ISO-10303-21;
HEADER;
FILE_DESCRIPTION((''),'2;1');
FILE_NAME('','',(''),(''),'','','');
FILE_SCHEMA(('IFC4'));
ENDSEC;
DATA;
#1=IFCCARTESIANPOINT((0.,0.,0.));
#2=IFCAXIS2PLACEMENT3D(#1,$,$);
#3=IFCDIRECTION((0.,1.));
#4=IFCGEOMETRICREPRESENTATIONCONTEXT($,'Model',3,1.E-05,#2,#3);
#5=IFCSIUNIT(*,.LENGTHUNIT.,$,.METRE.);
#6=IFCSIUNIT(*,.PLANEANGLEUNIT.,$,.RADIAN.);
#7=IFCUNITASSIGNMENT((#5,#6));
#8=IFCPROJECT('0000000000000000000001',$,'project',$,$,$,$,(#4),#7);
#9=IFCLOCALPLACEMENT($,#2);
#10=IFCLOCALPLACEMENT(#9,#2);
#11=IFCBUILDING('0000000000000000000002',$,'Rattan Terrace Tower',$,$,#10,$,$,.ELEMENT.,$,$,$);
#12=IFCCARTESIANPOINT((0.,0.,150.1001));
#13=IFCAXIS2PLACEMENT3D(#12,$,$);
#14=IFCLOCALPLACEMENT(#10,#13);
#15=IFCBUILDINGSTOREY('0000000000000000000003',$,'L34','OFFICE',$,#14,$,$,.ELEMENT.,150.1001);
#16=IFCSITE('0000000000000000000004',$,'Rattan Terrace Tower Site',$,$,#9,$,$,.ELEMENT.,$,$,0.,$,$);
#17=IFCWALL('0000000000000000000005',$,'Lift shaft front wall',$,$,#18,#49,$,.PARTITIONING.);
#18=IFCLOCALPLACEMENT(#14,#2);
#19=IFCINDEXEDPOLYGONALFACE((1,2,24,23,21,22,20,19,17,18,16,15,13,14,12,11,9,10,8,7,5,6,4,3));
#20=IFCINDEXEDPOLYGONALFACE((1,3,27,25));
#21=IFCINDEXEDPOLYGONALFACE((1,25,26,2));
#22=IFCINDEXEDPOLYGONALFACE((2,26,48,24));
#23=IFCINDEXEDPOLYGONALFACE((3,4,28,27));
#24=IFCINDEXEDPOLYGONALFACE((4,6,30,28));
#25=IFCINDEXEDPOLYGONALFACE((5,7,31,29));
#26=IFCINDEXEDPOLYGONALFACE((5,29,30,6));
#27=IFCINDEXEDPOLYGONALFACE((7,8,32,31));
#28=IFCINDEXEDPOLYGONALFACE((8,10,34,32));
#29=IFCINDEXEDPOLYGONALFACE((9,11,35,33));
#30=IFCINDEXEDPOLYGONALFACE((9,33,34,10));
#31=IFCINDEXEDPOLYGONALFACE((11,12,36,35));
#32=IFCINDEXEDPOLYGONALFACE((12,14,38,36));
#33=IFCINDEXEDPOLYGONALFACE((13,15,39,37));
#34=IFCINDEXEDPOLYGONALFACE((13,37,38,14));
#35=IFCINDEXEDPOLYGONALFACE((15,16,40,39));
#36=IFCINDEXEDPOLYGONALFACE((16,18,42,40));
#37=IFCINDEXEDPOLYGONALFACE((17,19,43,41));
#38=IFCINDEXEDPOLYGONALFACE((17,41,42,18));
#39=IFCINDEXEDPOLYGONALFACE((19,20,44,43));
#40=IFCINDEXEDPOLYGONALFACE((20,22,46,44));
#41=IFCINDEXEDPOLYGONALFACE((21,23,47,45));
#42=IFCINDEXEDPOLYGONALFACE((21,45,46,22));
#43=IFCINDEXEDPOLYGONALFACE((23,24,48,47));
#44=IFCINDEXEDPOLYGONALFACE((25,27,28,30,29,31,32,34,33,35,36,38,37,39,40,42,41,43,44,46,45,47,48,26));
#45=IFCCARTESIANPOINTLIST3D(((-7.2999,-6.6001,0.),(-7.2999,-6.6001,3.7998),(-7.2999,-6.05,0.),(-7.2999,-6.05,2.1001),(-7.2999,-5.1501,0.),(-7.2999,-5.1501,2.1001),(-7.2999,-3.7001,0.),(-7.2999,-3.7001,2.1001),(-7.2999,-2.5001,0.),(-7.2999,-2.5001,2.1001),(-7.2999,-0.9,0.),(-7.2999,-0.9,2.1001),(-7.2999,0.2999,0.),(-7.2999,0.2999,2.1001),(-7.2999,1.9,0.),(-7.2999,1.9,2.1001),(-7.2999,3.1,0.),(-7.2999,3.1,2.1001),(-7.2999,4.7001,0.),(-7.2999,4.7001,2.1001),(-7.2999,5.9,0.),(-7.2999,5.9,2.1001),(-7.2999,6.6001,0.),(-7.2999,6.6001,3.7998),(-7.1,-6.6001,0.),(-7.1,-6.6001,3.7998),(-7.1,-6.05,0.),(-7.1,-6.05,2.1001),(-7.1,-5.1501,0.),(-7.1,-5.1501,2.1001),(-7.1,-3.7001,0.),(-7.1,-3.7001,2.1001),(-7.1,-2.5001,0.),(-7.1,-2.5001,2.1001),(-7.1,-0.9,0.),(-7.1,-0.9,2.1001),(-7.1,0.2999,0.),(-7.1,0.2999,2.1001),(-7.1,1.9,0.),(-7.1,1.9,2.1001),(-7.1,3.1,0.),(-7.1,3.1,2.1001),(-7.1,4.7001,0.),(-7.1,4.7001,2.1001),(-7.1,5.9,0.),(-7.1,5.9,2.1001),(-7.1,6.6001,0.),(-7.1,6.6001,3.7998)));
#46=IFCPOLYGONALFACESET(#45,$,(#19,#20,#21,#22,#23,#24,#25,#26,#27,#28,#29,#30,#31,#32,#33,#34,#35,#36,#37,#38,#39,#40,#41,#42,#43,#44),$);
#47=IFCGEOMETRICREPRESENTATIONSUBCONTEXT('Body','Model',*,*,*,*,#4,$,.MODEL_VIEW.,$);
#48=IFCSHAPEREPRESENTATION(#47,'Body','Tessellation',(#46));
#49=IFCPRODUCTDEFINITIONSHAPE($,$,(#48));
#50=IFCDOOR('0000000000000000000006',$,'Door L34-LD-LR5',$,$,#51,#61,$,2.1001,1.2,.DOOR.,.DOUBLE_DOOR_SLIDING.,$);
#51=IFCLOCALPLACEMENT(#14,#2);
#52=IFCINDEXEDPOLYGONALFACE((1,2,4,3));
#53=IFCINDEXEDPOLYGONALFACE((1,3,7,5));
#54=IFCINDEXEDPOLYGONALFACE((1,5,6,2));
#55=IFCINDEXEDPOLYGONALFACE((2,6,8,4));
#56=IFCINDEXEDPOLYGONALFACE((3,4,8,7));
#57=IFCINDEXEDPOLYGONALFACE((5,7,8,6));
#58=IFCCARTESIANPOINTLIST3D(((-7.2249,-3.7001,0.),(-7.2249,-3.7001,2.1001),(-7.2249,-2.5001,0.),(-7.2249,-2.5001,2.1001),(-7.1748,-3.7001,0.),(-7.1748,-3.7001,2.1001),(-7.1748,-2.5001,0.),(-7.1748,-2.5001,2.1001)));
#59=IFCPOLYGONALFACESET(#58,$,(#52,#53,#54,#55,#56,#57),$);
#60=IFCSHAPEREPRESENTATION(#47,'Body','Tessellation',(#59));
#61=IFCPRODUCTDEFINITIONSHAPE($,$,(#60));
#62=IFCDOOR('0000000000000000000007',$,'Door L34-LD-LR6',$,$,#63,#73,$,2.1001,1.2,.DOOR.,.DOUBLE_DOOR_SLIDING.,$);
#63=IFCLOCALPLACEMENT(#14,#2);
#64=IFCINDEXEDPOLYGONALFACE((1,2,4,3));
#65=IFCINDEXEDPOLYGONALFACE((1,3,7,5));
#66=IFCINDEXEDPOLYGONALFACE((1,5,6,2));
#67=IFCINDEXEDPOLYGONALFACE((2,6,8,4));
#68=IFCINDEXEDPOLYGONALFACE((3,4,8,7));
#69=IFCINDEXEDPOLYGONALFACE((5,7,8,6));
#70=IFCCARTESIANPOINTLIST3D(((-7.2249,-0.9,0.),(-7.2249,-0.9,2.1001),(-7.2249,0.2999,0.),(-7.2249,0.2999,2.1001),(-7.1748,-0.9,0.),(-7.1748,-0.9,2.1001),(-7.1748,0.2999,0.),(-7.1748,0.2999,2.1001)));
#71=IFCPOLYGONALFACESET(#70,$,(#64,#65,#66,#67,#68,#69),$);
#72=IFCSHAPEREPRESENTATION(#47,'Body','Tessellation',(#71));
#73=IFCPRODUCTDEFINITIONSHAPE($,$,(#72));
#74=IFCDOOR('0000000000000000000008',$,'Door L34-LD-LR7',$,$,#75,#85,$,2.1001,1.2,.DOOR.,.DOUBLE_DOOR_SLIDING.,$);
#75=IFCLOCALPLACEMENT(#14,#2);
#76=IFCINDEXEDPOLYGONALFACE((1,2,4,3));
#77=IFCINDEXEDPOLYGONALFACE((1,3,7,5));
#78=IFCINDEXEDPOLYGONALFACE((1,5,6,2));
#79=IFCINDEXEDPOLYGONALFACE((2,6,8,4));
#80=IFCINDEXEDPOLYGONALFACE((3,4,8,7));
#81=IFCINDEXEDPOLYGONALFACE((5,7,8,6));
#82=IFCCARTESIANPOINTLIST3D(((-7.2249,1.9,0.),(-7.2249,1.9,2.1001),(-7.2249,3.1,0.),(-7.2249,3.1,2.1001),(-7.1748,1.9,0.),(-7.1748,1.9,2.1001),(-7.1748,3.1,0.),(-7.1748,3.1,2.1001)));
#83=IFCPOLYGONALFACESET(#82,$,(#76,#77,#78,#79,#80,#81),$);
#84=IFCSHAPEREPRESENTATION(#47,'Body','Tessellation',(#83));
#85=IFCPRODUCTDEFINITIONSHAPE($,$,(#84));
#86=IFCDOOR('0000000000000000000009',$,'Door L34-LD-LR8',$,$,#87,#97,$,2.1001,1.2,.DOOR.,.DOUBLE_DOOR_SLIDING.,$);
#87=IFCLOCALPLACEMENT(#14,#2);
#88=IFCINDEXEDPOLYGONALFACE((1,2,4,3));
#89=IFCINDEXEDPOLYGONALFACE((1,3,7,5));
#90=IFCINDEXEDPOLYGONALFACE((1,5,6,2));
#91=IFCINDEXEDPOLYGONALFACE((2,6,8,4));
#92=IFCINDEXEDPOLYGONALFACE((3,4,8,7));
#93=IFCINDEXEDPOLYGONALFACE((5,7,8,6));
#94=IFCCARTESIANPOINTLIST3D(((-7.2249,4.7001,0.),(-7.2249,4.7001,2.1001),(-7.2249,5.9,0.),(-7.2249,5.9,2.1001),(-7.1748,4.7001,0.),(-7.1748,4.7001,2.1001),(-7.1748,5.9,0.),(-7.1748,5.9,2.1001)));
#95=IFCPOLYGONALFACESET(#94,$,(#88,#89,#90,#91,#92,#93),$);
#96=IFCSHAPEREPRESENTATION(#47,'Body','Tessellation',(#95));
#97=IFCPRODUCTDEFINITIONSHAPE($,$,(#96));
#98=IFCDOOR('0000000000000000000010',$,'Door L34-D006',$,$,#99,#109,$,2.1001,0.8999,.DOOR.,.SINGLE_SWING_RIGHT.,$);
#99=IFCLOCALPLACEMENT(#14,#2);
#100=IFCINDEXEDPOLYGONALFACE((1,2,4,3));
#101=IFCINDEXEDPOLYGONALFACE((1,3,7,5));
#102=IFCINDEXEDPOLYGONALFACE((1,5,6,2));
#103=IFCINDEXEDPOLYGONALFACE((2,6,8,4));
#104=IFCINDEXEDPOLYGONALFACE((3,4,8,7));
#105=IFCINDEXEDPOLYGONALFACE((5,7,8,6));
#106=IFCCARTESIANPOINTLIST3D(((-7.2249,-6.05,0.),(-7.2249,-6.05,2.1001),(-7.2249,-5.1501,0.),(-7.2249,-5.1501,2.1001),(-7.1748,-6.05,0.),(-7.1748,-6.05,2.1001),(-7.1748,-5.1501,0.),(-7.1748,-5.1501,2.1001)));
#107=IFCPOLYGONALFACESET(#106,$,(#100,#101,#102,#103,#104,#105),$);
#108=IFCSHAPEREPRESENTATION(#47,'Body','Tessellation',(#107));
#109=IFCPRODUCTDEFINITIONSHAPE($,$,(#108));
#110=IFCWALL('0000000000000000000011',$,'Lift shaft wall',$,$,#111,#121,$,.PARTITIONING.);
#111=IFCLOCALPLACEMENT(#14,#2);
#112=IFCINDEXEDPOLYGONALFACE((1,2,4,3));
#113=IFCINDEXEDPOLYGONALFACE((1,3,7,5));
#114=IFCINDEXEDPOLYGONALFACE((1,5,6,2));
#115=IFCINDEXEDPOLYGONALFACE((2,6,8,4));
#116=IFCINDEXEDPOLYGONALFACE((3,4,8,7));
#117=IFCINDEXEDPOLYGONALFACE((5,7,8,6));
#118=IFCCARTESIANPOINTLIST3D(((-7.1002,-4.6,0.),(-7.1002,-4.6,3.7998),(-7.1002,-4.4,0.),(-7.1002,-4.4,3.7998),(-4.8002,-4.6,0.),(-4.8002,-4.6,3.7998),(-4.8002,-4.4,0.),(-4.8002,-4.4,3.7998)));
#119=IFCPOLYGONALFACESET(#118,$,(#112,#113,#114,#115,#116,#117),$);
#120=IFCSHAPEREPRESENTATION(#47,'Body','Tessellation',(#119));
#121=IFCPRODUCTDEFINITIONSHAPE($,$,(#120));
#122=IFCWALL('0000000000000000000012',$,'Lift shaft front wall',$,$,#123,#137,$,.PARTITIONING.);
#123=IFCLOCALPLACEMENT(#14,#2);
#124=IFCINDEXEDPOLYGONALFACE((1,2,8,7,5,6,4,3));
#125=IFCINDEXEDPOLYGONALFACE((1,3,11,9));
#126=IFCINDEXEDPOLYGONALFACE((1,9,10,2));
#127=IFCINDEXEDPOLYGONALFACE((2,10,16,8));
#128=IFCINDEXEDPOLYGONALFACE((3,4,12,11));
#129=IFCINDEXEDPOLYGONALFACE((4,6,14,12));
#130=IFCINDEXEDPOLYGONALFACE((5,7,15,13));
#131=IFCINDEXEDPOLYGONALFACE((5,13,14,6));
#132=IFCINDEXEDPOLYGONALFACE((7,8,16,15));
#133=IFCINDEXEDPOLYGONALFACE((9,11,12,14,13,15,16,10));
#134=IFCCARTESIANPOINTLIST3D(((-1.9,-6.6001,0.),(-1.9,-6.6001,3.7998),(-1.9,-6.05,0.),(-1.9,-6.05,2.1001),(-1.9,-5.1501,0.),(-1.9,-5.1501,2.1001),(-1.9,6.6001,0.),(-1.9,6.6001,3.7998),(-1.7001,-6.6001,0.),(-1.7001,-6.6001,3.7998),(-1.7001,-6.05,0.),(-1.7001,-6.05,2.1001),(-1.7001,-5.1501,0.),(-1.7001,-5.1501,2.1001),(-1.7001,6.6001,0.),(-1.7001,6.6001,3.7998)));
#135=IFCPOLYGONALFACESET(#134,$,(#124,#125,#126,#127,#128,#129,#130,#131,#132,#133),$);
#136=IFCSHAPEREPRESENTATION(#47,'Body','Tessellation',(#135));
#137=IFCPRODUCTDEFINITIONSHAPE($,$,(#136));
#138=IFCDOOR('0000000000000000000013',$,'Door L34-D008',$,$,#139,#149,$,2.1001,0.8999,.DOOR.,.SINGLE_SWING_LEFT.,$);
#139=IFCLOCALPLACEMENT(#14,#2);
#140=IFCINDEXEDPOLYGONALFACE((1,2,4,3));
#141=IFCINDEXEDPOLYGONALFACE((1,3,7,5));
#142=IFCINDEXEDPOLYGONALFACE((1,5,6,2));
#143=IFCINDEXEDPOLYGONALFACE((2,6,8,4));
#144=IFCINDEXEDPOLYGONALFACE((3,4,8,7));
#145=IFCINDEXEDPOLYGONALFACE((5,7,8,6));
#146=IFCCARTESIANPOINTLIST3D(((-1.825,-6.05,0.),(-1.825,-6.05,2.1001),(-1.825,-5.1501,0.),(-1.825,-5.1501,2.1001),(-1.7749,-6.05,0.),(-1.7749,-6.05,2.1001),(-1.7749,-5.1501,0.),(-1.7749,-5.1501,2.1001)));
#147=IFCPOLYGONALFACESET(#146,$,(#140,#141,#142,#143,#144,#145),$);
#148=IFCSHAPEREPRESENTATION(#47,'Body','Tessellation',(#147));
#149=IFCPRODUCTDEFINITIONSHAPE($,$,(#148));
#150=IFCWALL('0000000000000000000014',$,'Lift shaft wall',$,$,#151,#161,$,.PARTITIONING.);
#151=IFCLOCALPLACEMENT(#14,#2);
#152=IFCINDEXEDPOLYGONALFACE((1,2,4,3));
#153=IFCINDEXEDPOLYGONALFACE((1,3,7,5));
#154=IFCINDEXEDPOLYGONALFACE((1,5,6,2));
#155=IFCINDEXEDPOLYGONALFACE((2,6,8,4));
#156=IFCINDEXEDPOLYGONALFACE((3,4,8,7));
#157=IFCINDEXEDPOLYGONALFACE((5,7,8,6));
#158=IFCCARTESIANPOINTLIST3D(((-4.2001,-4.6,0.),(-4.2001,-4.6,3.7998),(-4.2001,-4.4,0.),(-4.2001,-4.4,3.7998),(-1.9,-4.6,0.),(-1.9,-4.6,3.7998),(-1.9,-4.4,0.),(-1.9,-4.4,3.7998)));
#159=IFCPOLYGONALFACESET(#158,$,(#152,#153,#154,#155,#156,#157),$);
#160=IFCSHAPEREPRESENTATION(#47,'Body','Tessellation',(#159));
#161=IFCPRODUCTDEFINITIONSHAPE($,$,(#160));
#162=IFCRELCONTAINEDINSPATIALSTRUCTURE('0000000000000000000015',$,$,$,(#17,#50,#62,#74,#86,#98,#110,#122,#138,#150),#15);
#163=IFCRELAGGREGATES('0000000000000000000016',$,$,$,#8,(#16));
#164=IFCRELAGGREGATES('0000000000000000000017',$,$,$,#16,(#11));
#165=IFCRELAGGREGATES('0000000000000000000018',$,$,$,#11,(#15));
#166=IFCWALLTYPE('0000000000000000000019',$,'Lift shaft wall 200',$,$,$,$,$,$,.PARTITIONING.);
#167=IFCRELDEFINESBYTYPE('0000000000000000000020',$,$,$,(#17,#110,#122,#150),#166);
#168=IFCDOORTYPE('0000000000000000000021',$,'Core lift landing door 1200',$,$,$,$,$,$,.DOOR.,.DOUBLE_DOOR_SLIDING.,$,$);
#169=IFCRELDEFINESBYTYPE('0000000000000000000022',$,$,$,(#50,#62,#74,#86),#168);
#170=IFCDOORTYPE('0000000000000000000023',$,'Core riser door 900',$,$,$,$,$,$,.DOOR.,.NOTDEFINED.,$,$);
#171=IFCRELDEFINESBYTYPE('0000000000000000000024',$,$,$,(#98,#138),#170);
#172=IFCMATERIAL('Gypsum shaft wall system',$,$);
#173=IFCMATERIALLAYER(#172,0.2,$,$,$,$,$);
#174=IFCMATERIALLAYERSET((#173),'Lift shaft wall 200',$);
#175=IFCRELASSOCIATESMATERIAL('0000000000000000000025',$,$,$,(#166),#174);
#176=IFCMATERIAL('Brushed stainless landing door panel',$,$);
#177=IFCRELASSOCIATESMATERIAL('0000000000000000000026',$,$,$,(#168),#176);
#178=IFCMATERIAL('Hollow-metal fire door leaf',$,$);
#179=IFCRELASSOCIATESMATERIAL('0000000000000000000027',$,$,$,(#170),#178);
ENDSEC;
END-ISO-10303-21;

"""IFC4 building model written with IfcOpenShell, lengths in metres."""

from ifc_helpers import new_model, si_unit, direction, frame, frame_2d, origin, place, context, subcontext, project, spatial, rectangle, extrude, material, layer, layer_set, type_object, element, fill, save


model = new_model("IFC4")

# Units and contexts
model_context = context("Model", 3, precision=1e-05, world=origin(), true_north=direction((0.0, 1.0)))
body_context = subcontext(model_context, "Body", "Model", "MODEL_VIEW")
ifc_project = project(units=[si_unit("LENGTHUNIT", "METRE"), si_unit("PLANEANGLEUNIT", "RADIAN")], contexts=[model_context])

# Site, building, storey
site_placement = place(None, origin())
site = spatial("IfcSite", under=ifc_project, at=site_placement, Name="Rattan Terrace Tower Site", CompositionType="ELEMENT", RefElevation=0.0)
building_placement = place(site_placement, origin())
building = spatial("IfcBuilding", under=site, at=building_placement, Name="Rattan Terrace Tower", CompositionType="ELEMENT")
storey_placement = place(building_placement, frame((0.0, 0.0, 150.1001)))
storey = spatial("IfcBuildingStorey", under=building, at=storey_placement, Name="L34", Description="OFFICE", CompositionType="ELEMENT", Elevation=150.1001)

# Wall, openings, doors
ifc_material_1 = material(Name="Gypsum shaft wall system")
ifc_layer_1 = layer(ifc_material_1, 0.2)
ifc_layer_set_1 = layer_set([ifc_layer_1], Name="Lift shaft wall 200")
wall_type_1 = type_object("IfcWallType", Name="Lift shaft wall 200", PredefinedType="PARTITIONING", material=ifc_layer_set_1)
wall_1_placement = place(storey_placement, frame((-7.2, -6.6001, 0.0), z_axis=(0.0, 0.0, 1.0), x_axis=(0.0, 1.0, 0.0)))
wall_1 = element("IfcWall", 1, at=wall_1_placement, inside=storey, type_object=wall_type_1, Name="Lift shaft front wall", PredefinedType="PARTITIONING", context=body_context, shape_type="SweptSolid", body=[
    extrude(rectangle(XDim=13.2002, YDim=0.2, at=frame_2d((6.6001, 0.0))), origin(), (0.0, 0.0, 1.0), 3.7998),
])
opening_1_placement = place(wall_1_placement, frame((0.55, 0.0, 0.0)))
opening_1 = element("IfcOpeningElement", 2, at=opening_1_placement, cuts=wall_1, PredefinedType="OPENING", context=body_context, shape_type="SweptSolid", body=[
    extrude(rectangle(XDim=0.8999, YDim=2.1001, at=frame_2d((0.45, 1.05))), frame((0.0, 0.1106, 0.0), z_axis=(0.0, -1.0, 0.0), x_axis=(1.0, 0.0, 0.0)), (0.0, 0.0, 1.0), 0.2209),
])
opening_2_placement = place(wall_1_placement, frame((2.8999, 0.0, 0.0)))
opening_2 = element("IfcOpeningElement", 3, at=opening_2_placement, cuts=wall_1, PredefinedType="OPENING", context=body_context, shape_type="SweptSolid", body=[
    extrude(rectangle(XDim=1.2, YDim=2.1001, at=frame_2d((0.6001, 1.05))), frame((0.0, 0.1106, 0.0), z_axis=(0.0, -1.0, 0.0), x_axis=(1.0, 0.0, 0.0)), (0.0, 0.0, 1.0), 0.2209),
])
opening_3_placement = place(wall_1_placement, frame((5.7, 0.0, 0.0)))
opening_3 = element("IfcOpeningElement", 4, at=opening_3_placement, cuts=wall_1, PredefinedType="OPENING", context=body_context, shape_type="SweptSolid", body=[
    extrude(rectangle(XDim=1.2, YDim=2.1001, at=frame_2d((0.6001, 1.05))), frame((0.0, 0.1106, 0.0), z_axis=(0.0, -1.0, 0.0), x_axis=(1.0, 0.0, 0.0)), (0.0, 0.0, 1.0), 0.2209),
])
opening_4_placement = place(wall_1_placement, frame((8.5, 0.0, 0.0)))
opening_4 = element("IfcOpeningElement", 5, at=opening_4_placement, cuts=wall_1, PredefinedType="OPENING", context=body_context, shape_type="SweptSolid", body=[
    extrude(rectangle(XDim=1.2, YDim=2.1001, at=frame_2d((0.6001, 1.05))), frame((0.0, 0.1106, 0.0), z_axis=(0.0, -1.0, 0.0), x_axis=(1.0, 0.0, 0.0)), (0.0, 0.0, 1.0), 0.2209),
])
opening_5_placement = place(wall_1_placement, frame((11.3, 0.0, 0.0)))
opening_5 = element("IfcOpeningElement", 6, at=opening_5_placement, cuts=wall_1, PredefinedType="OPENING", context=body_context, shape_type="SweptSolid", body=[
    extrude(rectangle(XDim=1.2, YDim=2.1001, at=frame_2d((0.6001, 1.05))), frame((0.0, 0.1106, 0.0), z_axis=(0.0, -1.0, 0.0), x_axis=(1.0, 0.0, 0.0)), (0.0, 0.0, 1.0), 0.2209),
])
ifc_material_2 = material(Name="Brushed stainless landing door panel")
door_type_1 = type_object("IfcDoorType", Name="Core lift landing door 1200", OperationType="DOUBLE_DOOR_SLIDING", PredefinedType="DOOR", material=ifc_material_2)
door_1_placement = place(opening_2_placement, origin())
door_1 = element("IfcDoor", 7, at=door_1_placement, inside=storey, type_object=door_type_1, Name="Door L34-LD-LR5", OperationType="DOUBLE_DOOR_SLIDING", OverallHeight=2.1001, OverallWidth=1.2, PredefinedType="DOOR", context=body_context, shape_type="SweptSolid", body=[
    extrude(rectangle(XDim=1.2, YDim=2.1001, at=frame_2d((0.6001, 1.05))), frame((0.0, 0.0249, 0.0), z_axis=(0.0, -1.0, 0.0), x_axis=(1.0, 0.0, 0.0)), (0.0, 0.0, 1.0), 0.05),
])
fill(opening_2, door_1)
door_2_placement = place(opening_3_placement, origin())
door_2 = element("IfcDoor", 8, at=door_2_placement, inside=storey, type_object=door_type_1, Name="Door L34-LD-LR6", OperationType="DOUBLE_DOOR_SLIDING", OverallHeight=2.1001, OverallWidth=1.2, PredefinedType="DOOR", context=body_context, shape_type="SweptSolid", body=[
    extrude(rectangle(XDim=1.2, YDim=2.1001, at=frame_2d((0.6001, 1.05))), frame((0.0, 0.0249, 0.0), z_axis=(0.0, -1.0, 0.0), x_axis=(1.0, 0.0, 0.0)), (0.0, 0.0, 1.0), 0.05),
])
fill(opening_3, door_2)
door_3_placement = place(opening_4_placement, origin())
door_3 = element("IfcDoor", 9, at=door_3_placement, inside=storey, type_object=door_type_1, Name="Door L34-LD-LR7", OperationType="DOUBLE_DOOR_SLIDING", OverallHeight=2.1001, OverallWidth=1.2, PredefinedType="DOOR", context=body_context, shape_type="SweptSolid", body=[
    extrude(rectangle(XDim=1.2, YDim=2.1001, at=frame_2d((0.6001, 1.05))), frame((0.0, 0.0249, 0.0), z_axis=(0.0, -1.0, 0.0), x_axis=(1.0, 0.0, 0.0)), (0.0, 0.0, 1.0), 0.05),
])
fill(opening_4, door_3)
door_4_placement = place(opening_5_placement, origin())
door_4 = element("IfcDoor", 10, at=door_4_placement, inside=storey, type_object=door_type_1, Name="Door L34-LD-LR8", OperationType="DOUBLE_DOOR_SLIDING", OverallHeight=2.1001, OverallWidth=1.2, PredefinedType="DOOR", context=body_context, shape_type="SweptSolid", body=[
    extrude(rectangle(XDim=1.2, YDim=2.1001, at=frame_2d((0.6001, 1.05))), frame((0.0, 0.0249, 0.0), z_axis=(0.0, -1.0, 0.0), x_axis=(1.0, 0.0, 0.0)), (0.0, 0.0, 1.0), 0.05),
])
fill(opening_5, door_4)
ifc_material_3 = material(Name="Hollow-metal fire door leaf")
door_type_2 = type_object("IfcDoorType", Name="Core riser door 900", OperationType="NOTDEFINED", PredefinedType="DOOR", material=ifc_material_3)
door_5_placement = place(opening_1_placement, origin())
door_5 = element("IfcDoor", 11, at=door_5_placement, inside=storey, type_object=door_type_2, Name="Door L34-D006", OperationType="SINGLE_SWING_RIGHT", OverallHeight=2.1001, OverallWidth=0.8999, PredefinedType="DOOR", context=body_context, shape_type="SweptSolid", body=[
    extrude(rectangle(XDim=0.8999, YDim=2.1001, at=frame_2d((0.45, 1.05))), frame((0.0, 0.0249, 0.0), z_axis=(0.0, -1.0, 0.0), x_axis=(1.0, 0.0, 0.0)), (0.0, 0.0, 1.0), 0.05),
])
fill(opening_1, door_5)

# Wall
wall_2_placement = place(storey_placement, frame((-7.1001, -4.5, 0.0), z_axis=(0.0, 0.0, 1.0), x_axis=(1.0, 0.0, 0.0)))
element("IfcWall", 12, at=wall_2_placement, inside=storey, type_object=wall_type_1, Name="Lift shaft wall", PredefinedType="PARTITIONING", context=body_context, shape_type="SweptSolid", body=[
    extrude(rectangle(XDim=2.3, YDim=0.2, at=frame_2d((1.1499, 0.0))), origin(), (0.0, 0.0, 1.0), 3.7998),
])

# Wall, opening, door
wall_3_placement = place(storey_placement, frame((-1.8, -6.6001, 0.0), z_axis=(0.0, 0.0, 1.0), x_axis=(0.0, 1.0, 0.0)))
wall_3 = element("IfcWall", 13, at=wall_3_placement, inside=storey, type_object=wall_type_1, Name="Lift shaft front wall", PredefinedType="PARTITIONING", context=body_context, shape_type="SweptSolid", body=[
    extrude(rectangle(XDim=13.2002, YDim=0.2, at=frame_2d((6.6001, 0.0))), origin(), (0.0, 0.0, 1.0), 3.7998),
])
opening_6_placement = place(wall_3_placement, frame((0.55, 0.0, 0.0)))
opening_6 = element("IfcOpeningElement", 14, at=opening_6_placement, cuts=wall_3, PredefinedType="OPENING", context=body_context, shape_type="SweptSolid", body=[
    extrude(rectangle(XDim=0.8999, YDim=2.1001, at=frame_2d((0.45, 1.05))), frame((0.0, 0.1106, 0.0), z_axis=(0.0, -1.0, 0.0), x_axis=(1.0, 0.0, 0.0)), (0.0, 0.0, 1.0), 0.2209),
])
door_6_placement = place(opening_6_placement, origin())
door_6 = element("IfcDoor", 15, at=door_6_placement, inside=storey, type_object=door_type_2, Name="Door L34-D008", OperationType="SINGLE_SWING_LEFT", OverallHeight=2.1001, OverallWidth=0.8999, PredefinedType="DOOR", context=body_context, shape_type="SweptSolid", body=[
    extrude(rectangle(XDim=0.8999, YDim=2.1001, at=frame_2d((0.45, 1.05))), frame((0.0, 0.0249, 0.0), z_axis=(0.0, -1.0, 0.0), x_axis=(1.0, 0.0, 0.0)), (0.0, 0.0, 1.0), 0.05),
])
fill(opening_6, door_6)

# Wall
wall_4_placement = place(storey_placement, frame((-4.2, -4.5, 0.0), z_axis=(0.0, 0.0, 1.0), x_axis=(1.0, 0.0, 0.0)))
element("IfcWall", 16, at=wall_4_placement, inside=storey, type_object=wall_type_1, Name="Lift shaft wall", PredefinedType="PARTITIONING", context=body_context, shape_type="SweptSolid", body=[
    extrude(rectangle(XDim=2.3, YDim=0.2, at=frame_2d((1.1499, 0.0))), origin(), (0.0, 0.0, 1.0), 3.7998),
])

save(model, "model.ifc")
